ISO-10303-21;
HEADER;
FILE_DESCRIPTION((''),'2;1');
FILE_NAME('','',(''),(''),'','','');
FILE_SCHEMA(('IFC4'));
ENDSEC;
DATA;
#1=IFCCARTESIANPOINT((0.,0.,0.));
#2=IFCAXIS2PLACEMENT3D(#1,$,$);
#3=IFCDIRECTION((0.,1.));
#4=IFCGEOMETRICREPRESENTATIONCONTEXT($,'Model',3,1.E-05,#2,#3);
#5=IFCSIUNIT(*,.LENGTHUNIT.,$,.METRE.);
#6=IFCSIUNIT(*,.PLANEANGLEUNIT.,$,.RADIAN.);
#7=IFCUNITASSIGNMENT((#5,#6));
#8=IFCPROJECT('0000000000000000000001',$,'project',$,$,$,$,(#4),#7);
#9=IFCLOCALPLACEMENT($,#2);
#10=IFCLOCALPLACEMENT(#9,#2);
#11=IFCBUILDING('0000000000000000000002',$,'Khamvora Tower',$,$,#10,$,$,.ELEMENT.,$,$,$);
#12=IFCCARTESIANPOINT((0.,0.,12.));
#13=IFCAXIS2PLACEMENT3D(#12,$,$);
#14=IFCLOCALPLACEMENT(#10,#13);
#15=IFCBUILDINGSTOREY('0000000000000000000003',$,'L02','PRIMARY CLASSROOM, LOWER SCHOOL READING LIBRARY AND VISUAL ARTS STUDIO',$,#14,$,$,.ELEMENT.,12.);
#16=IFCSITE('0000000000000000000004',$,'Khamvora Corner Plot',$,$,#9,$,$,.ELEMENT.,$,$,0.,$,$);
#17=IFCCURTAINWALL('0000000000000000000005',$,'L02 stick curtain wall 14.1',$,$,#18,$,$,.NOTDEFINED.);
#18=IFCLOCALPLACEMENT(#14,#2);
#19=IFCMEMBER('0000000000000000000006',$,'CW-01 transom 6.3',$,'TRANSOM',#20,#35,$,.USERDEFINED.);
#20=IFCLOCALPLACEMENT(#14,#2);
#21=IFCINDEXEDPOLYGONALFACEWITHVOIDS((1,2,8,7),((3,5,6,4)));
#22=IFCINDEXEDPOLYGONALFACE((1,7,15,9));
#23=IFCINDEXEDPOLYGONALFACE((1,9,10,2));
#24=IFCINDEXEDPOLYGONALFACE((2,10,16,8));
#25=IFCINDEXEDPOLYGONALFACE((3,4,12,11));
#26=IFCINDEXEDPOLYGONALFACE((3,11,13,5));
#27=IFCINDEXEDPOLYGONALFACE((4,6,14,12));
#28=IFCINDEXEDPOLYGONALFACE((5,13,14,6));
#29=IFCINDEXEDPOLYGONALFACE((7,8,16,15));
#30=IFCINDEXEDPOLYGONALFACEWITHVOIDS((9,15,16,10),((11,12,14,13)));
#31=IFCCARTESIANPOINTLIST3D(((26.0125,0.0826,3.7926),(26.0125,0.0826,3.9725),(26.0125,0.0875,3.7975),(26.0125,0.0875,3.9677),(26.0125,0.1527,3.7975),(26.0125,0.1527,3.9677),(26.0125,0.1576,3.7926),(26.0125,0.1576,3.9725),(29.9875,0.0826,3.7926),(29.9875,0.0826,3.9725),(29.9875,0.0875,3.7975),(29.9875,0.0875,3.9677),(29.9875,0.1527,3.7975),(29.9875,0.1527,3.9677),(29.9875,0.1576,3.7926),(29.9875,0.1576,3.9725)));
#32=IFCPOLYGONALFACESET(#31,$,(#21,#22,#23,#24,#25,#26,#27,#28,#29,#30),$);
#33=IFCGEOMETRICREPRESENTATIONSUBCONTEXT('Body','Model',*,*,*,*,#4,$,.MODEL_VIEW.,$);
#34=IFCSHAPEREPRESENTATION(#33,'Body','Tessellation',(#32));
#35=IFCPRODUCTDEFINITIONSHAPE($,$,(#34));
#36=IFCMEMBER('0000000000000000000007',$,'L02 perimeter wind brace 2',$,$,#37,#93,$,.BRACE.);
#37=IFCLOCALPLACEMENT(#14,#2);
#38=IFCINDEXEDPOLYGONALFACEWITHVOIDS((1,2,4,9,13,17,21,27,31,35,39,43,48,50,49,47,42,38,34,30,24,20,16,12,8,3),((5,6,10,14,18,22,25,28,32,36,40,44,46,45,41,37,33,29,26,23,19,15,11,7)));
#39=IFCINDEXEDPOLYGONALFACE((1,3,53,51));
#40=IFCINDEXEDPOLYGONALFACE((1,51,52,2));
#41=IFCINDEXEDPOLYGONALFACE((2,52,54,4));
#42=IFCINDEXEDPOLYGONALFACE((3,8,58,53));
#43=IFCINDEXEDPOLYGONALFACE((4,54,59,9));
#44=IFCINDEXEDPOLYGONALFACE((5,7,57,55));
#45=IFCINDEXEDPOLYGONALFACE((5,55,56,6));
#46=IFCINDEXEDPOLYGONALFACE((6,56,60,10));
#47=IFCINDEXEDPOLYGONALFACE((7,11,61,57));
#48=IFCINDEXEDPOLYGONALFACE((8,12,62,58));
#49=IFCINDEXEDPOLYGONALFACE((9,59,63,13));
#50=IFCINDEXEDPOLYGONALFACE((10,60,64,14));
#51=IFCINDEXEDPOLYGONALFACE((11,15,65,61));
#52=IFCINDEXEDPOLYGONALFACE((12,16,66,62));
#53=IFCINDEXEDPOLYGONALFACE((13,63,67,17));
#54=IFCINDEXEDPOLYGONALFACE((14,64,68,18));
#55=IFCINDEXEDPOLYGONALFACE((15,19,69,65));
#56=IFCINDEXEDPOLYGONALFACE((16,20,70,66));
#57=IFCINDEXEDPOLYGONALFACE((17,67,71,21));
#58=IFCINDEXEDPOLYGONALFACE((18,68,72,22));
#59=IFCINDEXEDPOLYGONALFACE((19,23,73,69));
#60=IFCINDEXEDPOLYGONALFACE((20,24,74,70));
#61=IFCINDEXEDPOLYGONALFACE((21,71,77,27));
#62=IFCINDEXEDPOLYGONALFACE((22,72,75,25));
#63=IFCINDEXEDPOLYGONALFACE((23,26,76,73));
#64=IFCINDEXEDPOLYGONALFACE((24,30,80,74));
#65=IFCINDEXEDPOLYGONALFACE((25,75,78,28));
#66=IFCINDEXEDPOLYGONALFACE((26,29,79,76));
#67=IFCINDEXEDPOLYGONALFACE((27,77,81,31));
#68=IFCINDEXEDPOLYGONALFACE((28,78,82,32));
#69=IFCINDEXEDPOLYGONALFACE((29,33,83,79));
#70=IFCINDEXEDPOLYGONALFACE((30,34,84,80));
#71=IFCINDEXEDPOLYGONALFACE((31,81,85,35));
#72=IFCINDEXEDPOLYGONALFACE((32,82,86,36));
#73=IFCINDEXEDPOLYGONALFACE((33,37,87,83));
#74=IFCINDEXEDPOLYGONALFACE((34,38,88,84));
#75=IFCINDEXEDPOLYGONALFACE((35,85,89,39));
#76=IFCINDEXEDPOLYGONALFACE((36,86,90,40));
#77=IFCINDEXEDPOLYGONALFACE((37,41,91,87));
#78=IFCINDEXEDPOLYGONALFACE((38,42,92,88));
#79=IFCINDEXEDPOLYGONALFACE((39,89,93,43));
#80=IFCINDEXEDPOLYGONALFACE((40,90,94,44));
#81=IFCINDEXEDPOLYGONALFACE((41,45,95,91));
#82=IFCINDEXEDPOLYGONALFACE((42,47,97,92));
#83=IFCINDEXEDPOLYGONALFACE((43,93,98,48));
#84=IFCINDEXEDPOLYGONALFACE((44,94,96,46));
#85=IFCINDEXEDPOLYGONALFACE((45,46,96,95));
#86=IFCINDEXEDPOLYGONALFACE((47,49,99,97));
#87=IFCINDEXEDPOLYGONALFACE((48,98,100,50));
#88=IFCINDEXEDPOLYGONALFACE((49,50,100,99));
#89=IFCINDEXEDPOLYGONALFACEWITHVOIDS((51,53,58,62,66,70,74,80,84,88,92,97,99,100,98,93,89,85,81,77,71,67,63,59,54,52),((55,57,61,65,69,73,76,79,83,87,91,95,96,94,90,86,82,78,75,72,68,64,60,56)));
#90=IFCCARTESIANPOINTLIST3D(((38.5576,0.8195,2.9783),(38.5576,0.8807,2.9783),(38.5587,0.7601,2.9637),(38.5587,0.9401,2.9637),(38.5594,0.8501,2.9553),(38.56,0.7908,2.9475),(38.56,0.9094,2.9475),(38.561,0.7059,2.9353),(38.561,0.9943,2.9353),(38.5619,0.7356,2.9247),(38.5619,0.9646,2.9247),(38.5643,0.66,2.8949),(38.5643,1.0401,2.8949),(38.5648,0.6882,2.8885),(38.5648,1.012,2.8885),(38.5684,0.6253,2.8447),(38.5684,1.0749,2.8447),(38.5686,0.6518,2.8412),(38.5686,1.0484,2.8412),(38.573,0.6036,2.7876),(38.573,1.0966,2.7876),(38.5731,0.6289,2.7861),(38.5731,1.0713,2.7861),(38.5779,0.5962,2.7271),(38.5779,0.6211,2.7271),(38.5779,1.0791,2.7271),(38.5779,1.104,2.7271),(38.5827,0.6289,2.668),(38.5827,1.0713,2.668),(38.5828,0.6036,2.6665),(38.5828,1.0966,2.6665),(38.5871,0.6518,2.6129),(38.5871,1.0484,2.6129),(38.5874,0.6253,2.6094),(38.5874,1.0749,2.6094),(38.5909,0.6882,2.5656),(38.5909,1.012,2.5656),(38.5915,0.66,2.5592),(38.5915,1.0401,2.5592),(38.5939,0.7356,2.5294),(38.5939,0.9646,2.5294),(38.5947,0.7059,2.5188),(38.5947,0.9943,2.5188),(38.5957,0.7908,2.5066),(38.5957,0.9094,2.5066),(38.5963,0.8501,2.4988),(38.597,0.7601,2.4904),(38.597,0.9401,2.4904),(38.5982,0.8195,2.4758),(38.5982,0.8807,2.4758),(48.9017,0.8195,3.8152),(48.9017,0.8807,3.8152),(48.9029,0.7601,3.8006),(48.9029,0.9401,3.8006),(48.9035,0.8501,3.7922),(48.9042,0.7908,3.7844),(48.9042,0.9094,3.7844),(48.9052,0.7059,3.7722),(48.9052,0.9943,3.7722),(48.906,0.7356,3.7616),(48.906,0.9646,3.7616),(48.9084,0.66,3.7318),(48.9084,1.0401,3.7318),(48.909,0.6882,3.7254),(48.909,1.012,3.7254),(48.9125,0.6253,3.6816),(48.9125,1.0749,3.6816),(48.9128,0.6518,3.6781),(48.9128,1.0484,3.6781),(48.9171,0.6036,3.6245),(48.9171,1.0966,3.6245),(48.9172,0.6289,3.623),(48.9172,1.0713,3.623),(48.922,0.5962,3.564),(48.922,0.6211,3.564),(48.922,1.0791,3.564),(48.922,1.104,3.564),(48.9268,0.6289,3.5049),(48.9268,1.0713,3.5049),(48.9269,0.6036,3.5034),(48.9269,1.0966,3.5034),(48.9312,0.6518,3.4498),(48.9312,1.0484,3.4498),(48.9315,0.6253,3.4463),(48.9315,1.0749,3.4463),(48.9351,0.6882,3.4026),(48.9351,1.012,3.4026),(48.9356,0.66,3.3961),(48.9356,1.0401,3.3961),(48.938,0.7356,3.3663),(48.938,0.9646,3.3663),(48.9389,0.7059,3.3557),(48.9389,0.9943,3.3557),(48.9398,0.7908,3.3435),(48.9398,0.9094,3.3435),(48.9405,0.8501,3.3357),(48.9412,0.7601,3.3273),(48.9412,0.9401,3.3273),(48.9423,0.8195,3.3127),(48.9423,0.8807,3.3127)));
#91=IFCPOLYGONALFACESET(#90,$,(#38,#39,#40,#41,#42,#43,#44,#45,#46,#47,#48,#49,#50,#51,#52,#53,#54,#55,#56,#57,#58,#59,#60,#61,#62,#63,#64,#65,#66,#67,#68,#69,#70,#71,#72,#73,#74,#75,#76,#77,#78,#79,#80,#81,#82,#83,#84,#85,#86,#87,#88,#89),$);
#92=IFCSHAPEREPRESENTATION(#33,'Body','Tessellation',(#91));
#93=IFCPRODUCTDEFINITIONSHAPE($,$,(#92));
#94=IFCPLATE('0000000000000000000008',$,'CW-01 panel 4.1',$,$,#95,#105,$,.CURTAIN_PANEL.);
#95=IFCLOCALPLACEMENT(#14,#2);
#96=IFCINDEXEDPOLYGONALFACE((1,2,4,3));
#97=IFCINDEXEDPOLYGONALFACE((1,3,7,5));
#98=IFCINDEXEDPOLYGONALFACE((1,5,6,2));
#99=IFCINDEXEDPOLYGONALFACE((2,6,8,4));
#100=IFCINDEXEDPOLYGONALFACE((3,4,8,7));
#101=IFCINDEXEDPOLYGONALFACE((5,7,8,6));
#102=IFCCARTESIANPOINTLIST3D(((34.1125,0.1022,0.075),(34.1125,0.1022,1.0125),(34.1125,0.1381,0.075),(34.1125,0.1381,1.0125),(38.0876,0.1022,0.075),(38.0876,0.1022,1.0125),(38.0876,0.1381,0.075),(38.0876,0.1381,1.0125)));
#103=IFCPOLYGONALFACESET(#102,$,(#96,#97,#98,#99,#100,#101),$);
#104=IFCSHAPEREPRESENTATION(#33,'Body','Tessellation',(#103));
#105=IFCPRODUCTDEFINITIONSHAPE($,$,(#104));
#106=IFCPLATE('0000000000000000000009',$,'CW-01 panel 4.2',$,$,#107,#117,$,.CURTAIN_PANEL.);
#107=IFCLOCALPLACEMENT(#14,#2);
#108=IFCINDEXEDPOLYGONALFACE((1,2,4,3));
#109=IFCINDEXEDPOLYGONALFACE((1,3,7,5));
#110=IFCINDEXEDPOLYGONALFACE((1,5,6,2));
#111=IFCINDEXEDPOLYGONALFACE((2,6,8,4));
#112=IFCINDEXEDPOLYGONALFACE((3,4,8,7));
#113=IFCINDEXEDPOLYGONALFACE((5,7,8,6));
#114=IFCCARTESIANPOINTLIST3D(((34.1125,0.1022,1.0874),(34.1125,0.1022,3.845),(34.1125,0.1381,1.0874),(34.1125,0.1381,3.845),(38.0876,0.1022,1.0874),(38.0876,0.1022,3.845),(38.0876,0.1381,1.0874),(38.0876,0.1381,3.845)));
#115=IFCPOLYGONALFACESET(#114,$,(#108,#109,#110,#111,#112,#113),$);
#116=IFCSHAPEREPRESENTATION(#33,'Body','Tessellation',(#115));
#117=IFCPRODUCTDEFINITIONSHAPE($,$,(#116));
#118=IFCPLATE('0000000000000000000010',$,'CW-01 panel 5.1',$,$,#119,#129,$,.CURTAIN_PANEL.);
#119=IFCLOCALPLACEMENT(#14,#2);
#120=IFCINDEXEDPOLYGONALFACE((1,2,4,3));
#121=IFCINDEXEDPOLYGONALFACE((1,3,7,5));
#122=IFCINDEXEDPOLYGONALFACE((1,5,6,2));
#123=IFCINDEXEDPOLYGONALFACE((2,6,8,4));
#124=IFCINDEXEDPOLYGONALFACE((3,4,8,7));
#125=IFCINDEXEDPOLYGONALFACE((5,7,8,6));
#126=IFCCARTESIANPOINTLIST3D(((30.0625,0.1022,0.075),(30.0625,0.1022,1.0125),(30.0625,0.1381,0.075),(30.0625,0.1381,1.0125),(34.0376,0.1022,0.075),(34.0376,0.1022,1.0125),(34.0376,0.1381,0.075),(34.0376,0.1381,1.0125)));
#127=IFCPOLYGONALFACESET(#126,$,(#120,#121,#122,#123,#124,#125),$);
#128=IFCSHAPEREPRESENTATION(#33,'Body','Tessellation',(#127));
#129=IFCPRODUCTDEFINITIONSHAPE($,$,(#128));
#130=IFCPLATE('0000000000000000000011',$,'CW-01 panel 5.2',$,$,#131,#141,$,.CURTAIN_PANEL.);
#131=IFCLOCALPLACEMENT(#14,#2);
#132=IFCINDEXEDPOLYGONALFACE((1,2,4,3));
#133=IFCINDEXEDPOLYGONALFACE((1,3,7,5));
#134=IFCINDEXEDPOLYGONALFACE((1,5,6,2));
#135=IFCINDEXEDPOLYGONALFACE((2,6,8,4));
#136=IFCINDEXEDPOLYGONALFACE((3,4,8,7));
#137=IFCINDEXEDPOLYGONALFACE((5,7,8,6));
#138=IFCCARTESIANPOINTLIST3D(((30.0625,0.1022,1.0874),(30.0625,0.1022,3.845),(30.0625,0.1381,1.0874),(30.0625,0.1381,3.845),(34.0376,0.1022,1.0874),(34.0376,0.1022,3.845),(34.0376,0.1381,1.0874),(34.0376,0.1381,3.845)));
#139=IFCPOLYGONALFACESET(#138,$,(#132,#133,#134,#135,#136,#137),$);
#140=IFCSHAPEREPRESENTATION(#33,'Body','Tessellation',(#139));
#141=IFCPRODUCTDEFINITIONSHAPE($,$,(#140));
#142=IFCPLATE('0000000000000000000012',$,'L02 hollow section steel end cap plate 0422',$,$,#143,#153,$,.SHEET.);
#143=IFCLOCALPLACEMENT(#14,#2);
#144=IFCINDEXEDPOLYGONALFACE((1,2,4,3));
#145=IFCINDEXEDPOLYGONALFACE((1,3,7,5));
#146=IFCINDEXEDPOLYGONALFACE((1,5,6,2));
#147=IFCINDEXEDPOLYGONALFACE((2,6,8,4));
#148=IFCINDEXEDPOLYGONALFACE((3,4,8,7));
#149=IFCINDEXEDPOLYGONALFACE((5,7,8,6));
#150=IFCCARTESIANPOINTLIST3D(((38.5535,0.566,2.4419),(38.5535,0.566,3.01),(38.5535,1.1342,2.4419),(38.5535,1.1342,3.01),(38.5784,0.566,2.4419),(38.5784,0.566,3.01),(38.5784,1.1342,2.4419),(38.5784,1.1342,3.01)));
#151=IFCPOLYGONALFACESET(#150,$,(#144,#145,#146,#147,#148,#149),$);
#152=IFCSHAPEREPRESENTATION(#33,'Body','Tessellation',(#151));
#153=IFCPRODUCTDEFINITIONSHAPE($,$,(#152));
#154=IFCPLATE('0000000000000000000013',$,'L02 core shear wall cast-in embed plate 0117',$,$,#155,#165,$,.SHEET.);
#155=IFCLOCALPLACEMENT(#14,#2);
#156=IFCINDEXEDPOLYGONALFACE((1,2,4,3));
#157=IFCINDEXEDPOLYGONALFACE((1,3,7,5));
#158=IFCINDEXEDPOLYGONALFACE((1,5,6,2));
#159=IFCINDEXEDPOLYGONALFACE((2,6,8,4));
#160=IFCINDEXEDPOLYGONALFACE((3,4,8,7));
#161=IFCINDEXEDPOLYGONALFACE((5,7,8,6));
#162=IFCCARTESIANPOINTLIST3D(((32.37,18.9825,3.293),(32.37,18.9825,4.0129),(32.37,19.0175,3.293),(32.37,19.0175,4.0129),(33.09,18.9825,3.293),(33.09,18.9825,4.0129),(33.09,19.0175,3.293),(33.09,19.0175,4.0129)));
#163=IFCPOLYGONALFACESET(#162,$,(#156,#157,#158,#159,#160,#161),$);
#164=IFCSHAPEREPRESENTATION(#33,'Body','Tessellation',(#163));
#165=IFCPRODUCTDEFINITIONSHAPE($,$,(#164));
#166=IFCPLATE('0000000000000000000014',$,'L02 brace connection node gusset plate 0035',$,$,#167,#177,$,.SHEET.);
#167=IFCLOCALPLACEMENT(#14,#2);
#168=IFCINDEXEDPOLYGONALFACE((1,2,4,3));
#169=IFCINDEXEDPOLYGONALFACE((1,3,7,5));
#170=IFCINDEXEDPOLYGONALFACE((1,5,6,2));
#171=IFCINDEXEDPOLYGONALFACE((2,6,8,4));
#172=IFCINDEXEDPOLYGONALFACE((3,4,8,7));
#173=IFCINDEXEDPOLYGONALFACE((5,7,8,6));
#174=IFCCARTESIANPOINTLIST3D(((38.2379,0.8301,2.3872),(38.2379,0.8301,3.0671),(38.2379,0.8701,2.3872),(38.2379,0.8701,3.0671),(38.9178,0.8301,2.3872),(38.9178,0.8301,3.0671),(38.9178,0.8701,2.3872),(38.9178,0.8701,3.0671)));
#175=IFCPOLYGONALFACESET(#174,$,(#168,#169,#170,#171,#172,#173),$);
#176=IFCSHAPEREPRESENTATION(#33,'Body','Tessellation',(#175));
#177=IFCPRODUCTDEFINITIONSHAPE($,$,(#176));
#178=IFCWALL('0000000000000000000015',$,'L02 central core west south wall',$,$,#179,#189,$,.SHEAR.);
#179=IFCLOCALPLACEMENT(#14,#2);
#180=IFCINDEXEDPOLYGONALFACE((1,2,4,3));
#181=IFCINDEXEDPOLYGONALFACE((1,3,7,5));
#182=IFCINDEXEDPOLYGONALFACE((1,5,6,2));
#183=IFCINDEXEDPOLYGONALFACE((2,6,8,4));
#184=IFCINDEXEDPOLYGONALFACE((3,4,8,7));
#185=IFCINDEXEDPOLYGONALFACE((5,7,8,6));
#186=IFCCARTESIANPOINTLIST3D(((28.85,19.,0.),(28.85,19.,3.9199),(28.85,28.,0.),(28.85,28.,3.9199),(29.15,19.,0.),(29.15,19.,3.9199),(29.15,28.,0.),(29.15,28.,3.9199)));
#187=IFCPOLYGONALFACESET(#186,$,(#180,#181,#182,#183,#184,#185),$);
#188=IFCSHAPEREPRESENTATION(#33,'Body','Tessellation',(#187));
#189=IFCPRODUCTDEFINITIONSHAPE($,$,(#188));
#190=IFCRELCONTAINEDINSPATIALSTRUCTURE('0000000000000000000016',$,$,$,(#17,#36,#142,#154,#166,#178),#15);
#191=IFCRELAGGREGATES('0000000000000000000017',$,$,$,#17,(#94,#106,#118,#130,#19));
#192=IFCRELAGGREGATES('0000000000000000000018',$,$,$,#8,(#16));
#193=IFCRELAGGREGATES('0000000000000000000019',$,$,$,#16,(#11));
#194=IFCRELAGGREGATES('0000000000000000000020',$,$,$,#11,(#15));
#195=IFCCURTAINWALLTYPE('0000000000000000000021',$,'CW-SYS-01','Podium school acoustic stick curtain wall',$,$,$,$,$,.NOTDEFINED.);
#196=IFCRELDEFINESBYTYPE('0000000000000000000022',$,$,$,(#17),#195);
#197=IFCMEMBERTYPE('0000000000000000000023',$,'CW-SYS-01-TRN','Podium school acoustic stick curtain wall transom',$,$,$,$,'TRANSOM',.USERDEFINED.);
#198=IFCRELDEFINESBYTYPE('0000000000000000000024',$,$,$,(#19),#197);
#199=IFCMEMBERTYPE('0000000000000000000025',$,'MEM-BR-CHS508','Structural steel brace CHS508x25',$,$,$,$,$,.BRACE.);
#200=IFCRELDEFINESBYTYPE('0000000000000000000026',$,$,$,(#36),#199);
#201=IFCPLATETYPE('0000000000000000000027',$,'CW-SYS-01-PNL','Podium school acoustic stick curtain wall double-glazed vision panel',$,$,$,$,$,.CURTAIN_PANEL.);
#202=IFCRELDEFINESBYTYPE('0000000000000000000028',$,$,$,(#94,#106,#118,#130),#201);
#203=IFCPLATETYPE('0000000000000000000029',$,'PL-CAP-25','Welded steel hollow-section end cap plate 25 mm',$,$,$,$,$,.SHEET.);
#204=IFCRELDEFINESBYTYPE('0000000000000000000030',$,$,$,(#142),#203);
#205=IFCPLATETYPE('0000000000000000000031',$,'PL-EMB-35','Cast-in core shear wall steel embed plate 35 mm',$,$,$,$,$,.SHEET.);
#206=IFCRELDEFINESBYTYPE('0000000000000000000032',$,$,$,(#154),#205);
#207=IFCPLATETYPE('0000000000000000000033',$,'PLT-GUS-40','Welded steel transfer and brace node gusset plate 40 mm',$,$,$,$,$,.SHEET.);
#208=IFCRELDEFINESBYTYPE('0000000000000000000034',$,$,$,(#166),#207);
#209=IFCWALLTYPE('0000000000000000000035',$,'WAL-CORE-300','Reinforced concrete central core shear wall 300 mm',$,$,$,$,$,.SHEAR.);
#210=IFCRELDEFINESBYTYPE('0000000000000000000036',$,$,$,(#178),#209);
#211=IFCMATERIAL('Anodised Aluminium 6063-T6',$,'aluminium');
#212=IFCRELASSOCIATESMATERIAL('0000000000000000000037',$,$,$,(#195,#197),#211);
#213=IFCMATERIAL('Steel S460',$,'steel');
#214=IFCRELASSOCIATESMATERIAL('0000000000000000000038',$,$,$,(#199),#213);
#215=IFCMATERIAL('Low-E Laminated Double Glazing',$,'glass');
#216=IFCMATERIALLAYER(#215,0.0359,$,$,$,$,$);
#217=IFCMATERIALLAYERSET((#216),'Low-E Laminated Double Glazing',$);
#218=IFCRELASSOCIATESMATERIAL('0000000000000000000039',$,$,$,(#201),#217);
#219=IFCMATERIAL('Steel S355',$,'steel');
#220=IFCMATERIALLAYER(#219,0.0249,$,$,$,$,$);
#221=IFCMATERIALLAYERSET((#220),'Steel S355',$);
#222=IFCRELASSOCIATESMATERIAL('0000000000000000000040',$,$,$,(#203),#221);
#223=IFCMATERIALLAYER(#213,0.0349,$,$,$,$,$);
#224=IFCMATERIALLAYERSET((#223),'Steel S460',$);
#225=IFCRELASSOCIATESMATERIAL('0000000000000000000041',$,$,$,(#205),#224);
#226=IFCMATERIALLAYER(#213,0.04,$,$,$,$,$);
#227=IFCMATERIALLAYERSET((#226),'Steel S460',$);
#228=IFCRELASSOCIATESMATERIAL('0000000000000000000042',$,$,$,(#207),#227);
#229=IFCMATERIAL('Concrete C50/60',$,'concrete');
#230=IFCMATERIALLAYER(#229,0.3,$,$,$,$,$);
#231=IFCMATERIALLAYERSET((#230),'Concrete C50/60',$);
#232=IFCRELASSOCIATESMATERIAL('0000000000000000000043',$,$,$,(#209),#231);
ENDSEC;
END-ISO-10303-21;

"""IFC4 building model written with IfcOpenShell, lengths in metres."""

from ifc_helpers import new_model, si_unit, direction, frame, frame_2d, origin, origin_2d, place, context, subcontext, project, spatial, rectangle, hollow_rectangle, hollow_circle, extrude, material, layer, layer_set, material_profile, profile_set, type_object, element, aggregate, save


model = new_model("IFC4")

# Units and contexts
model_context = context("Model", 3, precision=1e-05, world=origin(), true_north=direction((0.0, 1.0)))
body_context = subcontext(model_context, "Body", "Model", "MODEL_VIEW")
ifc_project = project(units=[si_unit("LENGTHUNIT", "METRE"), si_unit("PLANEANGLEUNIT", "RADIAN")], contexts=[model_context])

# Site, building, storey
site_placement = place(None, origin())
site = spatial("IfcSite", under=ifc_project, at=site_placement, Name="Khamvora Corner Plot", CompositionType="ELEMENT", RefElevation=0.0)
building_placement = place(site_placement, origin())
building = spatial("IfcBuilding", under=site, at=building_placement, Name="Khamvora Tower", CompositionType="ELEMENT")
storey_placement = place(building_placement, frame((0.0, 0.0, 12.0)))
storey = spatial("IfcBuildingStorey", under=building, at=storey_placement, Name="L02", Description="PRIMARY CLASSROOM, LOWER SCHOOL READING LIBRARY AND VISUAL ARTS STUDIO", CompositionType="ELEMENT", Elevation=12.0)

# Shared definitions
ifc_material_1 = material(Name="Steel S460", Category="steel")

# Shared definitions
ifc_material_2 = material(Name="Steel S355", Category="steel")

# Curtain wall, member
ifc_material_3 = material(Name="Anodised Aluminium 6063-T6", Category="aluminium")
curtain_wall_type = type_object("IfcCurtainWallType", Name="CW-SYS-01", Description="Podium school acoustic stick curtain wall", PredefinedType="NOTDEFINED", material=ifc_material_3)
curtain_wall_placement = place(storey_placement, origin())
curtain_wall = element("IfcCurtainWall", 1, at=curtain_wall_placement, inside=storey, type_object=curtain_wall_type, Name="L02 stick curtain wall 14.1", PredefinedType="NOTDEFINED")
ifc_material_profile_1 = material_profile(ifc_material_3, hollow_rectangle(XDim=0.075, YDim=0.1799, WallThickness=0.0049, at=origin_2d()), Name="TRN75x180x5")
ifc_profile_set_1 = profile_set([ifc_material_profile_1], Name="Anodised Aluminium 6063-T6")
member_type_1 = type_object("IfcMemberType", Name="CW-SYS-01-TRN", Description="Podium school acoustic stick curtain wall transom", ElementType="TRANSOM", PredefinedType="USERDEFINED", material=ifc_profile_set_1)
member_1_placement = place(storey_placement, frame((29.9875, 0.1201, 3.8826), z_axis=(-1.0, 0.0, 0.0), x_axis=(0.0, -1.0, 0.0)))
member_1 = element("IfcMember", 2, at=member_1_placement, type_object=member_type_1, Name="CW-01 transom 6.3", ObjectType="TRANSOM", PredefinedType="USERDEFINED", context=body_context, shape_type="SweptSolid", body=[
    extrude(hollow_rectangle(XDim=0.075, YDim=0.1799, WallThickness=0.0049, at=origin_2d()), origin(), (0.0, 0.0, 1.0), 3.9751),
])

# Member
ifc_material_profile_2 = material_profile(ifc_material_1, hollow_circle(Radius=0.2539, WallThickness=0.0249, at=origin_2d()), Name="CHS508x25")
ifc_profile_set_2 = profile_set([ifc_material_profile_2], Name="Steel S460")
member_type_2 = type_object("IfcMemberType", Name="MEM-BR-CHS508", Description="Structural steel brace CHS508x25", PredefinedType="BRACE", material=ifc_profile_set_2)
member_2_placement = place(storey_placement, frame((38.5779, 0.8501, 2.7271), z_axis=(0.996743, 0.0, 0.080643), x_axis=(0.0, 1.0, 0.0)))
element("IfcMember", 3, at=member_2_placement, inside=storey, type_object=member_type_2, Name="L02 perimeter wind brace 2", PredefinedType="BRACE", context=body_context, shape_type="SweptSolid", body=[
    extrude(hollow_circle(Radius=0.2539, WallThickness=0.0249, at=origin_2d()), origin(), (0.0, 0.0, 1.0), 10.3779),
])

# Plates
ifc_material_4 = material(Name="Low-E Laminated Double Glazing", Category="glass")
ifc_layer_1 = layer(ifc_material_4, 0.0359)
ifc_layer_set_1 = layer_set([ifc_layer_1], Name="Low-E Laminated Double Glazing")
plate_type_1 = type_object("IfcPlateType", Name="CW-SYS-01-PNL", Description="Podium school acoustic stick curtain wall double-glazed vision panel", PredefinedType="CURTAIN_PANEL", material=ifc_layer_set_1)
plate_1_placement = place(storey_placement, frame((36.1001, 0.1201, 0.075), z_axis=(0.0, 0.0, 1.0), x_axis=(-1.0, 0.0, 0.0)))
plate_1 = element("IfcPlate", 4, at=plate_1_placement, type_object=plate_type_1, Name="CW-01 panel 4.1", PredefinedType="CURTAIN_PANEL", context=body_context, shape_type="SweptSolid", body=[
    extrude(rectangle(XDim=3.9751, YDim=0.0359, at=origin_2d()), origin(), (0.0, 0.0, 1.0), 0.9375),
])
plate_2_placement = place(storey_placement, frame((36.1001, 0.1201, 1.0874), z_axis=(0.0, 0.0, 1.0), x_axis=(-1.0, 0.0, 0.0)))
plate_2 = element("IfcPlate", 5, at=plate_2_placement, type_object=plate_type_1, Name="CW-01 panel 4.2", PredefinedType="CURTAIN_PANEL", context=body_context, shape_type="SweptSolid", body=[
    extrude(rectangle(XDim=3.9751, YDim=0.0359, at=origin_2d()), origin(), (0.0, 0.0, 1.0), 2.7576),
])
plate_3_placement = place(storey_placement, frame((32.05, 0.1201, 0.075), z_axis=(0.0, 0.0, 1.0), x_axis=(-1.0, 0.0, 0.0)))
plate_3 = element("IfcPlate", 6, at=plate_3_placement, type_object=plate_type_1, Name="CW-01 panel 5.1", PredefinedType="CURTAIN_PANEL", context=body_context, shape_type="SweptSolid", body=[
    extrude(rectangle(XDim=3.9751, YDim=0.0359, at=origin_2d()), origin(), (0.0, 0.0, 1.0), 0.9375),
])
plate_4_placement = place(storey_placement, frame((32.05, 0.1201, 1.0874), z_axis=(0.0, 0.0, 1.0), x_axis=(-1.0, 0.0, 0.0)))
plate_4 = element("IfcPlate", 7, at=plate_4_placement, type_object=plate_type_1, Name="CW-01 panel 5.2", PredefinedType="CURTAIN_PANEL", context=body_context, shape_type="SweptSolid", body=[
    extrude(rectangle(XDim=3.9751, YDim=0.0359, at=origin_2d()), origin(), (0.0, 0.0, 1.0), 2.7576),
])
aggregate(curtain_wall, [plate_1, plate_2, plate_3, plate_4, member_1])

# Plates
ifc_layer_2 = layer(ifc_material_2, 0.0249)
ifc_layer_set_2 = layer_set([ifc_layer_2], Name="Steel S355")
plate_type_2 = type_object("IfcPlateType", Name="PL-CAP-25", Description="Welded steel hollow-section end cap plate 25 mm", PredefinedType="SHEET", material=ifc_layer_set_2)
plate_5_placement = place(storey_placement, frame((38.5659, 0.8501, 2.4419), z_axis=(0.0, 0.0, 1.0), x_axis=(1.0, 0.0, 0.0)))
element("IfcPlate", 8, at=plate_5_placement, inside=storey, type_object=plate_type_2, Name="L02 hollow section steel end cap plate 0422", PredefinedType="SHEET", context=body_context, shape_type="SweptSolid", body=[
    extrude(rectangle(XDim=0.0249, YDim=0.5681, at=origin_2d()), origin(), (0.0, 0.0, 1.0), 0.5681),
])
ifc_layer_3 = layer(ifc_material_1, 0.0349)
ifc_layer_set_3 = layer_set([ifc_layer_3], Name="Steel S460")
plate_type_3 = type_object("IfcPlateType", Name="PL-EMB-35", Description="Cast-in core shear wall steel embed plate 35 mm", PredefinedType="SHEET", material=ifc_layer_set_3)
plate_6_placement = place(storey_placement, frame((32.73, 19.0, 3.293), z_axis=(0.0, 0.0, 1.0), x_axis=(1.0, 0.0, 0.0)))
element("IfcPlate", 9, at=plate_6_placement, inside=storey, type_object=plate_type_3, Name="L02 core shear wall cast-in embed plate 0117", PredefinedType="SHEET", context=body_context, shape_type="SweptSolid", body=[
    extrude(rectangle(XDim=0.72, YDim=0.0349, at=origin_2d()), origin(), (0.0, 0.0, 1.0), 0.72),
])
ifc_layer_4 = layer(ifc_material_1, 0.04)
ifc_layer_set_4 = layer_set([ifc_layer_4], Name="Steel S460")
plate_type_4 = type_object("IfcPlateType", Name="PLT-GUS-40", Description="Welded steel transfer and brace node gusset plate 40 mm", PredefinedType="SHEET", material=ifc_layer_set_4)
plate_7_placement = place(storey_placement, frame((38.5779, 0.8501, 2.3872), z_axis=(0.0, 0.0, 1.0), x_axis=(1.0, 0.0, 0.0)))
element("IfcPlate", 10, at=plate_7_placement, inside=storey, type_object=plate_type_4, Name="L02 brace connection node gusset plate 0035", PredefinedType="SHEET", context=body_context, shape_type="SweptSolid", body=[
    extrude(rectangle(XDim=0.6799, YDim=0.04, at=origin_2d()), origin(), (0.0, 0.0, 1.0), 0.6799),
])

# Wall
ifc_material_5 = material(Name="Concrete C50/60", Category="concrete")
ifc_layer_5 = layer(ifc_material_5, 0.3)
ifc_layer_set_5 = layer_set([ifc_layer_5], Name="Concrete C50/60")
wall_type = type_object("IfcWallType", Name="WAL-CORE-300", Description="Reinforced concrete central core shear wall 300 mm", PredefinedType="SHEAR", material=ifc_layer_set_5)
wall_1_placement = place(storey_placement, frame((29.0, 19.0, 0.0), z_axis=(0.0, 0.0, 1.0), x_axis=(0.0, 1.0, 0.0)))
element("IfcWall", 11, at=wall_1_placement, inside=storey, type_object=wall_type, Name="L02 central core west south wall", PredefinedType="SHEAR", context=body_context, shape_type="SweptSolid", body=[
    extrude(rectangle(XDim=9.0, YDim=0.3, at=frame_2d((4.5, 0.0))), origin(), (0.0, 0.0, 1.0), 3.9199),
])

save(model, "model.ifc")
